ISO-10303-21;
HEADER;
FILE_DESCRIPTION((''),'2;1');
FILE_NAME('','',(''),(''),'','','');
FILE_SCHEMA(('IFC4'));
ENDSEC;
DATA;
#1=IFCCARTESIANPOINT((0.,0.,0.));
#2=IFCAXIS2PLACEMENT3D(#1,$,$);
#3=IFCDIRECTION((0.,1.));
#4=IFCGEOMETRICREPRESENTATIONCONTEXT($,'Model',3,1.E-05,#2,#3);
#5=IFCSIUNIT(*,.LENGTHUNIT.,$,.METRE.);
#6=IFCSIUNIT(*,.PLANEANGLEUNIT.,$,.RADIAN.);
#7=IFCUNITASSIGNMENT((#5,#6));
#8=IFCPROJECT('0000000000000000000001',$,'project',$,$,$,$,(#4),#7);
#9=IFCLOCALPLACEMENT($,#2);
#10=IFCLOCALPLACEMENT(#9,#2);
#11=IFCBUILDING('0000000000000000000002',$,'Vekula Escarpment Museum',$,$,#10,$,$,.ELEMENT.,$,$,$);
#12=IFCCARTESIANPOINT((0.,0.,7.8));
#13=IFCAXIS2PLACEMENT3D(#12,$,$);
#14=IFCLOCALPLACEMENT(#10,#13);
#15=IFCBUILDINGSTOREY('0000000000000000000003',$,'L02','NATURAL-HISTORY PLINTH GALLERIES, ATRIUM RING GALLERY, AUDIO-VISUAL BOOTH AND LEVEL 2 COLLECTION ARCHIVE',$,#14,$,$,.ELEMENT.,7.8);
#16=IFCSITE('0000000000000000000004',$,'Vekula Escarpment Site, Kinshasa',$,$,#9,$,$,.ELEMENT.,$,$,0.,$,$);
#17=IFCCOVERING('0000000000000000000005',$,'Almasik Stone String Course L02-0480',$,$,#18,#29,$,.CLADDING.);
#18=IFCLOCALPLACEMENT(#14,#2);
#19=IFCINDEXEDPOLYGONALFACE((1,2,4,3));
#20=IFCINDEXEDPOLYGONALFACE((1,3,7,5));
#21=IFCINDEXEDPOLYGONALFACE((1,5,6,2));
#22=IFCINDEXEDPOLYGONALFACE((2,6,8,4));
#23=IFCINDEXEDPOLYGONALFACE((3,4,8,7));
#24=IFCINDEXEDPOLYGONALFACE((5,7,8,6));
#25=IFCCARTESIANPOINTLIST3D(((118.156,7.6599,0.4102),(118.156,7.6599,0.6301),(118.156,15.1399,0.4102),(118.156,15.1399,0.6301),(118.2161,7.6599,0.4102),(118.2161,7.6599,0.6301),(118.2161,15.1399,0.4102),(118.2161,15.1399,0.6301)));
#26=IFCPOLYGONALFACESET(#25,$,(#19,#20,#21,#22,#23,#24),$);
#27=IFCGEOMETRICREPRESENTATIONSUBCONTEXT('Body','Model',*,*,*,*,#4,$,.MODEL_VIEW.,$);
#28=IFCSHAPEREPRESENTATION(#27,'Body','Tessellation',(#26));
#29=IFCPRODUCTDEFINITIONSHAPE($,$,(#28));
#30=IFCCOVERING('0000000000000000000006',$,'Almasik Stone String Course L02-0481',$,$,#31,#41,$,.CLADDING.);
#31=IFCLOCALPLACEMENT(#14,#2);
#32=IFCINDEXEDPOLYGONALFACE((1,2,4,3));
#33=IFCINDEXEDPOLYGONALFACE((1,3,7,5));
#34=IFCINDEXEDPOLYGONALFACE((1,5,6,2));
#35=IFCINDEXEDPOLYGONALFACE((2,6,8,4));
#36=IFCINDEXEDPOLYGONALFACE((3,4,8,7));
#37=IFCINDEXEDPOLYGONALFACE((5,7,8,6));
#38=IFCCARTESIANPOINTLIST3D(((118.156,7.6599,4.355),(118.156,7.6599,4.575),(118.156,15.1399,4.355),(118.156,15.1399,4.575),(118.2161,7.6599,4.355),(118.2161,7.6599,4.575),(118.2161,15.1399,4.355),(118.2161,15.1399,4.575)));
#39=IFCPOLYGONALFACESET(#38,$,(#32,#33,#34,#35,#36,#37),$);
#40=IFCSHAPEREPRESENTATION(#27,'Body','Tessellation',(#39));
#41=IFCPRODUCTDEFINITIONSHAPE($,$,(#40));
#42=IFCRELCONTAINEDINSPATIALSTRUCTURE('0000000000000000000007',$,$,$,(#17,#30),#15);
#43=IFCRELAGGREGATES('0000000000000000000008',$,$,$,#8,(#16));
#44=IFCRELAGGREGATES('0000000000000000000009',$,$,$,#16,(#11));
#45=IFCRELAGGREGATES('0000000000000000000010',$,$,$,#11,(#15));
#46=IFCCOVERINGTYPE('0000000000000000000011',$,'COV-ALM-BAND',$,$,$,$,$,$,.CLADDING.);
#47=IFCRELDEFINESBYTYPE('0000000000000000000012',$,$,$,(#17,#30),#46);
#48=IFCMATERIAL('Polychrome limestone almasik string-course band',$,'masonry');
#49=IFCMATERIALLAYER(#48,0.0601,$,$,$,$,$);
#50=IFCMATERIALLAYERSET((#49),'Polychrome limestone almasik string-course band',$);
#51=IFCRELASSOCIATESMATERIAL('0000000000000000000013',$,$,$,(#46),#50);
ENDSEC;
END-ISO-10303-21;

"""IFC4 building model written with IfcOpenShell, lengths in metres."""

from ifc_helpers import new_model, si_unit, direction, frame, origin, origin_2d, place, context, subcontext, project, spatial, rectangle, extrude, material, layer, layer_set, type_object, element, save


model = new_model("IFC4")

# Units and contexts
model_context = context("Model", 3, precision=1e-05, world=origin(), true_north=direction((0.0, 1.0)))
body_context = subcontext(model_context, "Body", "Model", "MODEL_VIEW")
ifc_project = project(units=[si_unit("LENGTHUNIT", "METRE"), si_unit("PLANEANGLEUNIT", "RADIAN")], contexts=[model_context])

# Site, building, storey
site_placement = place(None, origin())
site = spatial("IfcSite", under=ifc_project, at=site_placement, Name="Vekula Escarpment Site, Kinshasa", CompositionType="ELEMENT", RefElevation=0.0)
building_placement = place(site_placement, origin())
building = spatial("IfcBuilding", under=site, at=building_placement, Name="Vekula Escarpment Museum", CompositionType="ELEMENT")
storey_placement = place(building_placement, frame((0.0, 0.0, 7.8)))
storey = spatial("IfcBuildingStorey", under=building, at=storey_placement, Name="L02", Description="NATURAL-HISTORY PLINTH GALLERIES, ATRIUM RING GALLERY, AUDIO-VISUAL BOOTH AND LEVEL 2 COLLECTION ARCHIVE", CompositionType="ELEMENT", Elevation=7.8)

# Coverings
ifc_material_1 = material(Name="Polychrome limestone almasik string-course band", Category="masonry")
ifc_layer_1 = layer(ifc_material_1, 0.0601)
ifc_layer_set_1 = layer_set([ifc_layer_1], Name="Polychrome limestone almasik string-course band")
covering_type = type_object("IfcCoveringType", Name="COV-ALM-BAND", PredefinedType="CLADDING", material=ifc_layer_set_1)
for number, where, z_axis, x_axis, name in (
    (1, (118.186, 11.3999, 0.4102), (0.0, 0.0, 1.0), (0.0, 1.0, 0.0), "Almasik Stone String Course L02-0480"),
    (2, (118.186, 11.3999, 4.355), (0.0, 0.0, 1.0), (0.0, 1.0, 0.0), "Almasik Stone String Course L02-0481"),
):
    element("IfcCovering", number, at=place(storey_placement, frame(where, z_axis=z_axis, x_axis=x_axis)), inside=storey, type_object=covering_type, Name=name, PredefinedType="CLADDING", context=body_context, shape_type="SweptSolid", body=[
        extrude(rectangle(XDim=7.48, YDim=0.0601, at=origin_2d()), origin(), (0.0, 0.0, 1.0), 0.22),
    ])

save(model, "model.ifc")
